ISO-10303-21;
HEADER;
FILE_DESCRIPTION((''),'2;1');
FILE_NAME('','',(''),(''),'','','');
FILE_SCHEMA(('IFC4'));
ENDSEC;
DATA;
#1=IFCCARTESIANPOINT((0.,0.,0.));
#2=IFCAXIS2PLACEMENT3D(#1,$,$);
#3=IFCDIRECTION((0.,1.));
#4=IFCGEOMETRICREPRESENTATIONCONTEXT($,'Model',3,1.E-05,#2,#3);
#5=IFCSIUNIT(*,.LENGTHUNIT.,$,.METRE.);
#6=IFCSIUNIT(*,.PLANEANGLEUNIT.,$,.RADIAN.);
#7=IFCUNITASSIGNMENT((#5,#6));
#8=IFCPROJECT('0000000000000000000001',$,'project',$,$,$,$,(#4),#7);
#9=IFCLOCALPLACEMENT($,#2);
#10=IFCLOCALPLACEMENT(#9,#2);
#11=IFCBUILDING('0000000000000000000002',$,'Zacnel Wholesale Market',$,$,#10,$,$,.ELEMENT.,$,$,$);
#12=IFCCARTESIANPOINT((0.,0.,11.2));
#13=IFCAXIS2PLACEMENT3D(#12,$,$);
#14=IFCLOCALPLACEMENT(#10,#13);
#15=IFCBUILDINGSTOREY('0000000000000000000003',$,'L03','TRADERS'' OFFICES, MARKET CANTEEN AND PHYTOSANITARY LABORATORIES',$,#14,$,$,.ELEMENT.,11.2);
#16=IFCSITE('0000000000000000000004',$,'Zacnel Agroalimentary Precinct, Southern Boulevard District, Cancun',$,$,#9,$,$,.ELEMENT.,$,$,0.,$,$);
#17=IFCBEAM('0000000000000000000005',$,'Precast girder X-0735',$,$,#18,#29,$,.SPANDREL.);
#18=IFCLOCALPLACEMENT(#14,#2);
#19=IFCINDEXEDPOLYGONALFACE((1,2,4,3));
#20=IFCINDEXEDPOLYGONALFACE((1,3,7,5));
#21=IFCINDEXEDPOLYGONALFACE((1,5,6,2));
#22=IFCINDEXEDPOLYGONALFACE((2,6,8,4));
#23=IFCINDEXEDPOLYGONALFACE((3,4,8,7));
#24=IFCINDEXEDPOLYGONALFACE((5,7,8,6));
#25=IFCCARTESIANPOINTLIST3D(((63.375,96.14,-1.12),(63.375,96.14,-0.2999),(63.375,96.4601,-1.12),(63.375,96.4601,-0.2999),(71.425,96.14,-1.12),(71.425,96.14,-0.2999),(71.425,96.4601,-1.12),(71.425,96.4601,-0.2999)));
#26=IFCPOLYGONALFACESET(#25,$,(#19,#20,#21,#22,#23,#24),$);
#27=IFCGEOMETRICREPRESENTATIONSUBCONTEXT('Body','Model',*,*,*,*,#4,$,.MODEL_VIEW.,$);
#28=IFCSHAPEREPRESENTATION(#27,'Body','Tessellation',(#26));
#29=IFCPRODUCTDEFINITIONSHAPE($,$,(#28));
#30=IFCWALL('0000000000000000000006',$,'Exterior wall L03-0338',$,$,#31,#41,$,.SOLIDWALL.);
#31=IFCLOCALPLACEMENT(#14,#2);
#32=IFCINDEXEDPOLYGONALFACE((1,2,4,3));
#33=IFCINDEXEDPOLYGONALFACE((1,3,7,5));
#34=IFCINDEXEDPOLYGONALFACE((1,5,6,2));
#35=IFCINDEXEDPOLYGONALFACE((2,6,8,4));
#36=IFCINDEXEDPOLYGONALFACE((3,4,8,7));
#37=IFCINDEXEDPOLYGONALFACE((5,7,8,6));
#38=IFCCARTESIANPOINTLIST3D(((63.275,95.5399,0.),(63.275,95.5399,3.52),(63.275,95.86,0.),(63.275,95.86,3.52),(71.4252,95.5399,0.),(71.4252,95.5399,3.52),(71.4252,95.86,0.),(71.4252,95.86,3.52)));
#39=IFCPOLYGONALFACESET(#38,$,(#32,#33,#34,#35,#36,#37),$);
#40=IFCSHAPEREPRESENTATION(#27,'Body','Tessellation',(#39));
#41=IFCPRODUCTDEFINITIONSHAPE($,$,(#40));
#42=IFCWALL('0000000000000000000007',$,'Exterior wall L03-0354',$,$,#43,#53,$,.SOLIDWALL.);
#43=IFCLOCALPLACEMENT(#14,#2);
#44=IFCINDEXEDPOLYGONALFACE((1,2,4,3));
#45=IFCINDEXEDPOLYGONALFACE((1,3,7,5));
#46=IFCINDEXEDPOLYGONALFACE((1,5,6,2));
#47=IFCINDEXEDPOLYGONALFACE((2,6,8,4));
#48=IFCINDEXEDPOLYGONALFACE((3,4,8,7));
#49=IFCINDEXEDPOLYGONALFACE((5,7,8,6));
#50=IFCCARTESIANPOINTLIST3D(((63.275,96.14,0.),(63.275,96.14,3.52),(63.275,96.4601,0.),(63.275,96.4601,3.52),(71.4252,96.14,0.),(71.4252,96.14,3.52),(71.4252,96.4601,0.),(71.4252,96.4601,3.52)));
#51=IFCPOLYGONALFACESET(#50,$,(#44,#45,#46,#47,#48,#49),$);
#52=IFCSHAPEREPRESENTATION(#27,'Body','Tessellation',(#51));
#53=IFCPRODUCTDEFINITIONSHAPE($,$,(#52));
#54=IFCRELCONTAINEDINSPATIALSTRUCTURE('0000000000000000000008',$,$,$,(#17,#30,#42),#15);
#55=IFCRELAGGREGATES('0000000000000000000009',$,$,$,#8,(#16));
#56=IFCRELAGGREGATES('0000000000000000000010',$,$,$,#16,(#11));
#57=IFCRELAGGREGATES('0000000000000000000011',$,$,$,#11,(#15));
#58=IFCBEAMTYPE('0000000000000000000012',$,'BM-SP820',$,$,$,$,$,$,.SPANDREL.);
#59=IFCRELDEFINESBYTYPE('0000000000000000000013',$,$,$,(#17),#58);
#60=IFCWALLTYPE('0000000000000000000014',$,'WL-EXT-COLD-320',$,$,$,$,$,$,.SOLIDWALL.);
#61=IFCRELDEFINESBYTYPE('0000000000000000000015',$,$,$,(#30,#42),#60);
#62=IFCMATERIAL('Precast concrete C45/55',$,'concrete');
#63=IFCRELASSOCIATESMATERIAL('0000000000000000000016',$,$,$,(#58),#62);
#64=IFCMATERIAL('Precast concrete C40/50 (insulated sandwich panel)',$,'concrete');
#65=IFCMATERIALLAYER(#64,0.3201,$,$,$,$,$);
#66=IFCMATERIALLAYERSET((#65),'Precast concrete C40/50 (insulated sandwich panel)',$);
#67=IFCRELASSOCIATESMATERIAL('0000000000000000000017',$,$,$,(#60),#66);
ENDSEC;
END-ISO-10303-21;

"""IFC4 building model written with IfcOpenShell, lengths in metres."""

from ifc_helpers import new_model, si_unit, direction, frame, frame_2d, origin, origin_2d, place, context, subcontext, project, spatial, rectangle, extrude, material, layer, layer_set, material_profile, profile_set, type_object, element, save


model = new_model("IFC4")

# Units and contexts
model_context = context("Model", 3, precision=1e-05, world=origin(), true_north=direction((0.0, 1.0)))
body_context = subcontext(model_context, "Body", "Model", "MODEL_VIEW")
ifc_project = project(units=[si_unit("LENGTHUNIT", "METRE"), si_unit("PLANEANGLEUNIT", "RADIAN")], contexts=[model_context])

# Site, building, storey
site_placement = place(None, origin())
site = spatial("IfcSite", under=ifc_project, at=site_placement, Name="Zacnel Agroalimentary Precinct, Southern Boulevard District, Cancun", CompositionType="ELEMENT", RefElevation=0.0)
building_placement = place(site_placement, origin())
building = spatial("IfcBuilding", under=site, at=building_placement, Name="Zacnel Wholesale Market", CompositionType="ELEMENT")
storey_placement = place(building_placement, frame((0.0, 0.0, 11.2)))
storey = spatial("IfcBuildingStorey", under=building, at=storey_placement, Name="L03", Description="TRADERS' OFFICES, MARKET CANTEEN AND PHYTOSANITARY LABORATORIES", CompositionType="ELEMENT", Elevation=11.2)

# Beam
ifc_material_1 = material(Name="Precast concrete C45/55", Category="concrete")
ifc_material_profile_1 = material_profile(ifc_material_1, rectangle(XDim=0.3201, YDim=0.8201, at=origin_2d()), Name="SP 320x820")
ifc_profile_set_1 = profile_set([ifc_material_profile_1], Name="Precast concrete C45/55")
beam_type_1 = type_object("IfcBeamType", Name="BM-SP820", PredefinedType="SPANDREL", material=ifc_profile_set_1)
beam_1_placement = place(storey_placement, frame((63.375, 96.3, -0.71), z_axis=(1.0, 0.0, 0.0), x_axis=(0.0, 1.0, 0.0)))
element("IfcBeam", 1, at=beam_1_placement, inside=storey, type_object=beam_type_1, Name="Precast girder X-0735", PredefinedType="SPANDREL", context=body_context, shape_type="SweptSolid", body=[
    extrude(rectangle(XDim=0.3201, YDim=0.8201, at=origin_2d()), origin(), (0.0, 0.0, 1.0), 8.05),
])

# Walls
ifc_material_2 = material(Name="Precast concrete C40/50 (insulated sandwich panel)", Category="concrete")
ifc_layer_1 = layer(ifc_material_2, 0.3201)
ifc_layer_set_1 = layer_set([ifc_layer_1], Name="Precast concrete C40/50 (insulated sandwich panel)")
wall_type_1 = type_object("IfcWallType", Name="WL-EXT-COLD-320", PredefinedType="SOLIDWALL", material=ifc_layer_set_1)
for number, where, z_axis, x_axis, name in (
    (2, (63.2749, 95.7, 0.0), (0.0, 0.0, 1.0), (1.0, 0.0, 0.0), "Exterior wall L03-0338"),
    (3, (63.2749, 96.3, 0.0), (0.0, 0.0, 1.0), (1.0, 0.0, 0.0), "Exterior wall L03-0354"),
):
    element("IfcWall", number, at=place(storey_placement, frame(where, z_axis=z_axis, x_axis=x_axis)), inside=storey, type_object=wall_type_1, Name=name, PredefinedType="SOLIDWALL", context=body_context, shape_type="SweptSolid", body=[
        extrude(rectangle(XDim=8.1501, YDim=0.3201, at=frame_2d((4.0752, 0.0))), origin(), (0.0, 0.0, 1.0), 3.52),
    ])

save(model, "model.ifc")
